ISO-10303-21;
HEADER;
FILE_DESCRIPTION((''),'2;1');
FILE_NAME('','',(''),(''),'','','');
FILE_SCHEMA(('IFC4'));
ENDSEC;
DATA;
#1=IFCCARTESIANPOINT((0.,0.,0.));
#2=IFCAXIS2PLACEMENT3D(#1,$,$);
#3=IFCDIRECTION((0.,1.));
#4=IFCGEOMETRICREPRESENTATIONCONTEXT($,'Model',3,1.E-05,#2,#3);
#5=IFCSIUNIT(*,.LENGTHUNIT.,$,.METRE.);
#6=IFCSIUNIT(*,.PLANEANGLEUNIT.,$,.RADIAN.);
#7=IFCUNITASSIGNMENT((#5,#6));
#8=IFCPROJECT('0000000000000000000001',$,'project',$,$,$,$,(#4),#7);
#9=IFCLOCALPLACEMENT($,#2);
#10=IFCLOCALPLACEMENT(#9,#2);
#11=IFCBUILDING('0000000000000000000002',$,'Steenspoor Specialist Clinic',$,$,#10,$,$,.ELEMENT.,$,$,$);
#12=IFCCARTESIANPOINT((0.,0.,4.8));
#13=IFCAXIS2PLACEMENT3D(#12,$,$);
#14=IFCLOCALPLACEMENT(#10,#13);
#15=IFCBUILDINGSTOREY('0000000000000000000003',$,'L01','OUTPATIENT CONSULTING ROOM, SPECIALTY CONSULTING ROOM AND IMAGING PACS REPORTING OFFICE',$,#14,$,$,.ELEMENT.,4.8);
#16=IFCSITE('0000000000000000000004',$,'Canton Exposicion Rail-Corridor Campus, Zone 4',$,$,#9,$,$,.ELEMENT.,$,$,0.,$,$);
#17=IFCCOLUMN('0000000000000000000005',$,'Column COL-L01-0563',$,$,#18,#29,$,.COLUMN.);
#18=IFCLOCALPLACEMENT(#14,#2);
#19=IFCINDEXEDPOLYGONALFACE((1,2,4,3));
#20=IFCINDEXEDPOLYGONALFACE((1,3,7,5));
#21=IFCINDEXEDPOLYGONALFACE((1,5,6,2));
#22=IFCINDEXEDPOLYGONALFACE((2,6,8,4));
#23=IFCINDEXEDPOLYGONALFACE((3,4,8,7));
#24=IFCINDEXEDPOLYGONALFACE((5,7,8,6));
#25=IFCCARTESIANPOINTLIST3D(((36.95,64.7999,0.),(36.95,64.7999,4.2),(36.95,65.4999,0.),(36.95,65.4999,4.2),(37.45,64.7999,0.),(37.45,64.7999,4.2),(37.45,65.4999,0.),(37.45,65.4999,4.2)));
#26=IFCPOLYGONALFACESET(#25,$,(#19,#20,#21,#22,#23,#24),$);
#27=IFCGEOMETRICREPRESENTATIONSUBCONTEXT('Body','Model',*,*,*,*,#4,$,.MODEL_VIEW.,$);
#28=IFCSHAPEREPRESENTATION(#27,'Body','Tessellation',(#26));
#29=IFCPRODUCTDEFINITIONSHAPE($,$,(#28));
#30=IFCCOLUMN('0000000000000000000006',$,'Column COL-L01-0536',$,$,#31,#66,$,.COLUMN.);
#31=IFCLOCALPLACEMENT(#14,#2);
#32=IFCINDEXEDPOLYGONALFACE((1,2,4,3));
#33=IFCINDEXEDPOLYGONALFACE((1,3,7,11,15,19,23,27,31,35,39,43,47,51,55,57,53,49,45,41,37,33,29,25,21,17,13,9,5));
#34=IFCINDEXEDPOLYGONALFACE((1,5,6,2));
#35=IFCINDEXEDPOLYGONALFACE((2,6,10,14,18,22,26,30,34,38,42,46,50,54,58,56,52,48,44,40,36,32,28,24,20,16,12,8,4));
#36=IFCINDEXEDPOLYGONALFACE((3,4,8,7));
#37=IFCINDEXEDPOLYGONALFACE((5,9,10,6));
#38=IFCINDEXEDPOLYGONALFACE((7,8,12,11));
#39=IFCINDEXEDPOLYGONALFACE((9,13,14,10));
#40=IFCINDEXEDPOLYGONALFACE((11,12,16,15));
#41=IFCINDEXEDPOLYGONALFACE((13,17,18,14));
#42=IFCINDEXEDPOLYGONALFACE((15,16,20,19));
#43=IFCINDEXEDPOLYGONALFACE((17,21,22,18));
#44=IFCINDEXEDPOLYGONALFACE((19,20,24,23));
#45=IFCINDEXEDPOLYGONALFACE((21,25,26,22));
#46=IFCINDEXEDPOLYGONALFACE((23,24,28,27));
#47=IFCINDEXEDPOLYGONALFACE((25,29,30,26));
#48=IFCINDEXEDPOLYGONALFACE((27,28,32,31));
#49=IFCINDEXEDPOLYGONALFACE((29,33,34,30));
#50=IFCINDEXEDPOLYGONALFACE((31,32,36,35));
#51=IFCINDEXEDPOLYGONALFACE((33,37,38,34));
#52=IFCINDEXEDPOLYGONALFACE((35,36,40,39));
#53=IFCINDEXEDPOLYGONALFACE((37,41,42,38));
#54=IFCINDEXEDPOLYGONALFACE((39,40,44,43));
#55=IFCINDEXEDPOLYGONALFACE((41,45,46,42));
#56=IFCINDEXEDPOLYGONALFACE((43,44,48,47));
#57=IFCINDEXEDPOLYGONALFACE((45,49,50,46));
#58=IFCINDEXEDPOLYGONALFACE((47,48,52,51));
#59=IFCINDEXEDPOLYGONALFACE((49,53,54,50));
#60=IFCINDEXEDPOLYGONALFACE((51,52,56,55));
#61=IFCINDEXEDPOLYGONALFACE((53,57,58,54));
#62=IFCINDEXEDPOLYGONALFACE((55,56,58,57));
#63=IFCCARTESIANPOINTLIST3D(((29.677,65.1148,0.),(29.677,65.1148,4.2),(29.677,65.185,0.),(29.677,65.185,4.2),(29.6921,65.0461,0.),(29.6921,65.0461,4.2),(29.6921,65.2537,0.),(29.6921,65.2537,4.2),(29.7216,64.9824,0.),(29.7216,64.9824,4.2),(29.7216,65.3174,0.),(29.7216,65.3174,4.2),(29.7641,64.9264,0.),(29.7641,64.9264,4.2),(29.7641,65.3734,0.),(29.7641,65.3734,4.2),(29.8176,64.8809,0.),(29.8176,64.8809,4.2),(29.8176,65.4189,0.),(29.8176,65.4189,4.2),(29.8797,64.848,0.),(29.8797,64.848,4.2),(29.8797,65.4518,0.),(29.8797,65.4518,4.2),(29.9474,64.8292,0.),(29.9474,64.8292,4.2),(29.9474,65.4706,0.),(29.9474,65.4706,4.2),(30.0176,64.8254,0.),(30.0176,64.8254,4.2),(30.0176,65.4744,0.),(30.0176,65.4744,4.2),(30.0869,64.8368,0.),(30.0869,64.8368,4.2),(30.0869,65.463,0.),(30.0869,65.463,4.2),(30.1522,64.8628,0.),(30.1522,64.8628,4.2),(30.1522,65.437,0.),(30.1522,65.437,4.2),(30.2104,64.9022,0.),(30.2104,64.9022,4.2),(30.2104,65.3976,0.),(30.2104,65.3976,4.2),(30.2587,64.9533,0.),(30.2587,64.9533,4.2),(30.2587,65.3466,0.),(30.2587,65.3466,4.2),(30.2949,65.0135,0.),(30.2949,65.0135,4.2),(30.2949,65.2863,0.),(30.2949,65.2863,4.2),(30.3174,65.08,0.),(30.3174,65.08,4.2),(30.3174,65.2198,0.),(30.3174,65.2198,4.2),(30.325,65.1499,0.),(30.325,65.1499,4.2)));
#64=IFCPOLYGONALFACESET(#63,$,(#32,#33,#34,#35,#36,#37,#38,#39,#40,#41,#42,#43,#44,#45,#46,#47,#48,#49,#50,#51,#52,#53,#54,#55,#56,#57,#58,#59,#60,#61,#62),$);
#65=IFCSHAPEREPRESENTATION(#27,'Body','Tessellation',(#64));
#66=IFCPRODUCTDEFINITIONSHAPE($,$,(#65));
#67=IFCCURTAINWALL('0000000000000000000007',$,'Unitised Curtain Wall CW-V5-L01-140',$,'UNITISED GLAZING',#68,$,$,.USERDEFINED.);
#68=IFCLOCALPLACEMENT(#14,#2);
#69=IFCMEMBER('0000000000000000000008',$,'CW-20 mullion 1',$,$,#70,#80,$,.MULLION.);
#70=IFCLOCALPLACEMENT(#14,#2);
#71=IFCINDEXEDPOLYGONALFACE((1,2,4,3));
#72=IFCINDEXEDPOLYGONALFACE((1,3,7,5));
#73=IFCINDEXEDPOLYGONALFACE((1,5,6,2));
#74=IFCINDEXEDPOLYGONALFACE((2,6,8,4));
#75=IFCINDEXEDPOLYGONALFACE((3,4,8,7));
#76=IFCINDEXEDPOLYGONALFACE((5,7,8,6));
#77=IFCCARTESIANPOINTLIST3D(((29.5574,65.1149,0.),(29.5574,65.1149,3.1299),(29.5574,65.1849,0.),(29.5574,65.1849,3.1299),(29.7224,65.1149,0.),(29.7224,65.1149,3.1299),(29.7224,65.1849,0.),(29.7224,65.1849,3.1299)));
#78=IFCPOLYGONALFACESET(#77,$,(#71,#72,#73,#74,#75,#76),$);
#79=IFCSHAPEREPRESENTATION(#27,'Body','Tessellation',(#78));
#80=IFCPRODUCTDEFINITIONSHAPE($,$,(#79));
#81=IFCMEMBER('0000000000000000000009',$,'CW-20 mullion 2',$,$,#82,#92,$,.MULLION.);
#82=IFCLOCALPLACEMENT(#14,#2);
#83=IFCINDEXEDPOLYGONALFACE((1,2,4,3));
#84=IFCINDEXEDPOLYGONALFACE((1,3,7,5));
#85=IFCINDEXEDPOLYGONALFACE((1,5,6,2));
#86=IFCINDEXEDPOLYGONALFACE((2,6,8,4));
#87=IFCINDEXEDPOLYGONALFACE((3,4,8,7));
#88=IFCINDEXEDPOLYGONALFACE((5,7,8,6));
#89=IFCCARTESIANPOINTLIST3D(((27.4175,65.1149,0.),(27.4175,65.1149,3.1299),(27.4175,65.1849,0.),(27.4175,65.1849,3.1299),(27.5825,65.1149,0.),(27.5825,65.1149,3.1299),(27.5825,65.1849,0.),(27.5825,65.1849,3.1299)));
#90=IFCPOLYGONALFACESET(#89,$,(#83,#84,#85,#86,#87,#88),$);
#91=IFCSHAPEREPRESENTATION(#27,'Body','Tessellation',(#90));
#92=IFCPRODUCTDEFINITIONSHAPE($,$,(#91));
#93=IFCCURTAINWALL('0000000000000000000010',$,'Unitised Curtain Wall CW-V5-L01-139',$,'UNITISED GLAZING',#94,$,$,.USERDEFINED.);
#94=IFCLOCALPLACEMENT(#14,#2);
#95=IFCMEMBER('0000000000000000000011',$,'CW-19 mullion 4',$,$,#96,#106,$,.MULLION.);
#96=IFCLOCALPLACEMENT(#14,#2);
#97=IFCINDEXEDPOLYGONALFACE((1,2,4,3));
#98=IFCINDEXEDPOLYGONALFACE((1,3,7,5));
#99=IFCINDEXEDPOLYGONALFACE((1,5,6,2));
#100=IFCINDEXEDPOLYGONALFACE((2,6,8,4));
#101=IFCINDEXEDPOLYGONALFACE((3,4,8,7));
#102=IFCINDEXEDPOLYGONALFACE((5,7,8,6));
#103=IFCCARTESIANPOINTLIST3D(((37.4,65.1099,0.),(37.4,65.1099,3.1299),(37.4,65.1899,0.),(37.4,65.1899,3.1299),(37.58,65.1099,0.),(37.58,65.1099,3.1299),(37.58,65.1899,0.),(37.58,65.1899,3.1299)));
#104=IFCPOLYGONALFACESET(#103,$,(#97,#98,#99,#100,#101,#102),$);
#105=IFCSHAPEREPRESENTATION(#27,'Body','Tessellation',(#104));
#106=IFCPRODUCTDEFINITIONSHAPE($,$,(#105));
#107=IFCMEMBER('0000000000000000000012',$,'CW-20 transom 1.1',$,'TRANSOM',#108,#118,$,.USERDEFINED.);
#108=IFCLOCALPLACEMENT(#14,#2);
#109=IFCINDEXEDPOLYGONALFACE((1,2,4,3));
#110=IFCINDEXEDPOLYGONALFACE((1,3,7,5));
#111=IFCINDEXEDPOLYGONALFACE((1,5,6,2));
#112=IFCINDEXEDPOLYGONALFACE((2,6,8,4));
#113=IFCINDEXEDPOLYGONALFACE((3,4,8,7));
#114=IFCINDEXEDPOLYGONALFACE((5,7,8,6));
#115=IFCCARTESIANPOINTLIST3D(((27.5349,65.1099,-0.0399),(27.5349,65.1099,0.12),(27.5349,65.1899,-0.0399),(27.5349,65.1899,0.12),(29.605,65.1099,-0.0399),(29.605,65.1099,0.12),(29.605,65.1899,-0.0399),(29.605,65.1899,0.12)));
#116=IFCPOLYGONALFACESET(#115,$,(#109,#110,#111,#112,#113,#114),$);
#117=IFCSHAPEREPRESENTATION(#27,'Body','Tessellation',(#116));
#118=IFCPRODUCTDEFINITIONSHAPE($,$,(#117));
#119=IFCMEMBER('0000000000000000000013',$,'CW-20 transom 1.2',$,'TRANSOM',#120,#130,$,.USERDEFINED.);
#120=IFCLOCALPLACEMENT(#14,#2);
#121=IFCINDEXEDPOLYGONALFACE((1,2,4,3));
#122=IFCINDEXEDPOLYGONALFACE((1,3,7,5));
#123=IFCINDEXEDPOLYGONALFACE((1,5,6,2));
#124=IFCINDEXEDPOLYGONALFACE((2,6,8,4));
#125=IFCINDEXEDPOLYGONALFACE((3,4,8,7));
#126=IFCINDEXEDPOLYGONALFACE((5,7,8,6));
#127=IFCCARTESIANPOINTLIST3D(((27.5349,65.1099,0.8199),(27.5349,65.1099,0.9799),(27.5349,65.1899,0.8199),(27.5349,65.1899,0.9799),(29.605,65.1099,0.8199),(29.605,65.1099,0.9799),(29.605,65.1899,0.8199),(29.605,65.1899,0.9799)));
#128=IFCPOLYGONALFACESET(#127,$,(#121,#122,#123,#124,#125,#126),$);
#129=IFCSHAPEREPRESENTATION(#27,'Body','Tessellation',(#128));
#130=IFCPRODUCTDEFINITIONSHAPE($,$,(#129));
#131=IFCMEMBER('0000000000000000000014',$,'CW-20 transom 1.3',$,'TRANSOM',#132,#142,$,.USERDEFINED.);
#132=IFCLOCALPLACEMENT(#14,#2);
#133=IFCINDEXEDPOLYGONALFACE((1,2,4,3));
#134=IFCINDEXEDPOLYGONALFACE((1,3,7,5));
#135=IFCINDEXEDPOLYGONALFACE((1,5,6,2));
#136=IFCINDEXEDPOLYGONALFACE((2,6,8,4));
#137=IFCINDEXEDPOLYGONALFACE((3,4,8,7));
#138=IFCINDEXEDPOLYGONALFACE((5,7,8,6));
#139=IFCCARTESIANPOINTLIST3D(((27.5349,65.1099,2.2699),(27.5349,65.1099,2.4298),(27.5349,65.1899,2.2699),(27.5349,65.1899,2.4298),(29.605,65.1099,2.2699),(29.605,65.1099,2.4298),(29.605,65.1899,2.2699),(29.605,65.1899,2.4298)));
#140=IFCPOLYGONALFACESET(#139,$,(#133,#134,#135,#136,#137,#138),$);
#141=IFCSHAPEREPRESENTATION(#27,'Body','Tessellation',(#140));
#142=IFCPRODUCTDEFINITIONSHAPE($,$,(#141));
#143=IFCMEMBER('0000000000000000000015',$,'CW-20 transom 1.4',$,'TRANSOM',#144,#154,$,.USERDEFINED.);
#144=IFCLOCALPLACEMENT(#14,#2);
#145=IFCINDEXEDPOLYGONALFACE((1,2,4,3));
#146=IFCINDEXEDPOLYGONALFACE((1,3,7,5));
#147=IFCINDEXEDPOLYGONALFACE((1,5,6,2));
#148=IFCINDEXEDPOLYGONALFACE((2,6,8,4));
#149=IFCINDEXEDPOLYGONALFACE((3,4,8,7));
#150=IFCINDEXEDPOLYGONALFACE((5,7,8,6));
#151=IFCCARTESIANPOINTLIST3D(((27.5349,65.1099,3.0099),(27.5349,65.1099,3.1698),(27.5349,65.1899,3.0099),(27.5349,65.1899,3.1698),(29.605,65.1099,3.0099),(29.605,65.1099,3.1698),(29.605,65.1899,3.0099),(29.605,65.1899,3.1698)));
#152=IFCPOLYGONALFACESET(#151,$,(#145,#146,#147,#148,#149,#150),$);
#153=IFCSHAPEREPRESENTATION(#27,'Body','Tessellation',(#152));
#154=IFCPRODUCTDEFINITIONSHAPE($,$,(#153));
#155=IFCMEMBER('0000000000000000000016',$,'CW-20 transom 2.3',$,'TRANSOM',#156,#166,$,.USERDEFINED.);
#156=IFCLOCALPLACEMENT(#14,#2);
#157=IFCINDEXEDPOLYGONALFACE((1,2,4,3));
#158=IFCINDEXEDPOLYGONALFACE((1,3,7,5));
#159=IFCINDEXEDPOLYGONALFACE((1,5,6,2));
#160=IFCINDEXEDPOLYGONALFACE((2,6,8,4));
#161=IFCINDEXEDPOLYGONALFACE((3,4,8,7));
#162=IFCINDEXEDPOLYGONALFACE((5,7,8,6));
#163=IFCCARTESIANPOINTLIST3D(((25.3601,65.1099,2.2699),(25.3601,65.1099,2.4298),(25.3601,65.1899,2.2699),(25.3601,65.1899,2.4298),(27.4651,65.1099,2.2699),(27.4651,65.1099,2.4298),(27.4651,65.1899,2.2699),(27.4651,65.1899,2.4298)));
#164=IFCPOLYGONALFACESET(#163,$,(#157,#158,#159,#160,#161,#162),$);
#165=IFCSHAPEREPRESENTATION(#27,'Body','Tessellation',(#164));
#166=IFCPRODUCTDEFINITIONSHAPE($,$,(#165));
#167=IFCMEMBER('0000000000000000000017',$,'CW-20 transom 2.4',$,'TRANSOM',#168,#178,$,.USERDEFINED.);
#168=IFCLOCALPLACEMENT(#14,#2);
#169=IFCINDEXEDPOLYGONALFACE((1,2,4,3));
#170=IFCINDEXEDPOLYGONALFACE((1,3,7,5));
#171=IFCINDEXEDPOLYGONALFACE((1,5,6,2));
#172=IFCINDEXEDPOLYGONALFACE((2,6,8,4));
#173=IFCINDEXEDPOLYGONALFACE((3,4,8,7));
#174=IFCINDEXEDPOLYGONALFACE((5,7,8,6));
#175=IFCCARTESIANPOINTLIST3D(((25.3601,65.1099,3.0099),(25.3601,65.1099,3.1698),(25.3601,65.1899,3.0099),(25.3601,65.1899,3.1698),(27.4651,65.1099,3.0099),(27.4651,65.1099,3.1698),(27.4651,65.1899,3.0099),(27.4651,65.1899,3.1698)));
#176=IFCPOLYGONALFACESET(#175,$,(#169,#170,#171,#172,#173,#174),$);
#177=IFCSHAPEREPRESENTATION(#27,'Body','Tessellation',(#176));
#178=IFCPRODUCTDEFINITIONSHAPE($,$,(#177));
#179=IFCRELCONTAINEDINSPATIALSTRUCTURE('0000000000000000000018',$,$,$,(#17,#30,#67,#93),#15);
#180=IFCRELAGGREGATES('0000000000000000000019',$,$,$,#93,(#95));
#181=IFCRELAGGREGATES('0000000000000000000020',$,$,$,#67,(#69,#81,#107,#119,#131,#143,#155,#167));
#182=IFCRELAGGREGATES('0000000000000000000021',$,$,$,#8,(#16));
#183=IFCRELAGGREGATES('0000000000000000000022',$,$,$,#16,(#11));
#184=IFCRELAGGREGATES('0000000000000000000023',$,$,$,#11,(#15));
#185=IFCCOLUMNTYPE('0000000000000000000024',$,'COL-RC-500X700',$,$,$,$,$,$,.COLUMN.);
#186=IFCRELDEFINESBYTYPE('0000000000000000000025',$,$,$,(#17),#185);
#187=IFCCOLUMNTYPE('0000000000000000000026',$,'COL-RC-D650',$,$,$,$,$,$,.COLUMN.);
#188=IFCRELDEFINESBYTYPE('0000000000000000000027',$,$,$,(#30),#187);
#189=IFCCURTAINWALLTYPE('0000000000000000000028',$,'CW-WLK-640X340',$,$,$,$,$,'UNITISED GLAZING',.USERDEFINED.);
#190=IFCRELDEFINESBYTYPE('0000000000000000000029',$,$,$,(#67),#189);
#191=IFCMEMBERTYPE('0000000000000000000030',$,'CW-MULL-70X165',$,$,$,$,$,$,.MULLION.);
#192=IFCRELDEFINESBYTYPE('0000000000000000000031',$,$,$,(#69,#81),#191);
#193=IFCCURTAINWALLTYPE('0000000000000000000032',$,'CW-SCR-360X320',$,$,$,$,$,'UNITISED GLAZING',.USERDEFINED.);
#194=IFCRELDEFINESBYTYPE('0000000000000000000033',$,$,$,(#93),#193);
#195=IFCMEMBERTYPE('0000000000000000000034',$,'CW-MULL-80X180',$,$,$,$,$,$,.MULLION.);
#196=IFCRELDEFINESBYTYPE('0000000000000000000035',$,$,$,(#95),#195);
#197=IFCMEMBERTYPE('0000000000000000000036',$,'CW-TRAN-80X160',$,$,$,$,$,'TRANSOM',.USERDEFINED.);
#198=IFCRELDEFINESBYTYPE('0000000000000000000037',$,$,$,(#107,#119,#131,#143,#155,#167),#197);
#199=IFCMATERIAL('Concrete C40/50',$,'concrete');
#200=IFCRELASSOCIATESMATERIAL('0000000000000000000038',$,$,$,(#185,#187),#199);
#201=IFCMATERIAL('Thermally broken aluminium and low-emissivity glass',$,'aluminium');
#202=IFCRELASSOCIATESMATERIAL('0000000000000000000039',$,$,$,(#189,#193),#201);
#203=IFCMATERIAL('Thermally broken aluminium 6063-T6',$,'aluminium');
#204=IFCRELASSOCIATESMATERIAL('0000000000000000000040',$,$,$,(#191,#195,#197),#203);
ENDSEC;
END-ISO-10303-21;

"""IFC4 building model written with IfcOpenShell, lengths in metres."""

from ifc_helpers import new_model, si_unit, direction, frame, origin, origin_2d, place, context, subcontext, project, spatial, rectangle, circle, extrude, material, material_profile, profile_set, type_object, element, aggregate, save


model = new_model("IFC4")

# Units and contexts
model_context = context("Model", 3, precision=1e-05, world=origin(), true_north=direction((0.0, 1.0)))
body_context = subcontext(model_context, "Body", "Model", "MODEL_VIEW")
ifc_project = project(units=[si_unit("LENGTHUNIT", "METRE"), si_unit("PLANEANGLEUNIT", "RADIAN")], contexts=[model_context])

# Site, building, storey
site_placement = place(None, origin())
site = spatial("IfcSite", under=ifc_project, at=site_placement, Name="Canton Exposicion Rail-Corridor Campus, Zone 4", CompositionType="ELEMENT", RefElevation=0.0)
building_placement = place(site_placement, origin())
building = spatial("IfcBuilding", under=site, at=building_placement, Name="Steenspoor Specialist Clinic", CompositionType="ELEMENT")
storey_placement = place(building_placement, frame((0.0, 0.0, 4.8)))
storey = spatial("IfcBuildingStorey", under=building, at=storey_placement, Name="L01", Description="OUTPATIENT CONSULTING ROOM, SPECIALTY CONSULTING ROOM AND IMAGING PACS REPORTING OFFICE", CompositionType="ELEMENT", Elevation=4.8)

# Columns
ifc_material_1 = material(Name="Concrete C40/50", Category="concrete")
ifc_material_profile_1 = material_profile(ifc_material_1, rectangle(XDim=0.5, YDim=0.7, at=origin_2d()), Name="RC-COL-500X700")
ifc_profile_set_1 = profile_set([ifc_material_profile_1], Name="Concrete C40/50")
column_type_1 = type_object("IfcColumnType", Name="COL-RC-500X700", PredefinedType="COLUMN", material=ifc_profile_set_1)
column_1_placement = place(storey_placement, frame((37.2, 65.1499, 0.0), z_axis=(0.0, 0.0, 1.0), x_axis=(1.0, 0.0, 0.0)))
element("IfcColumn", 1, at=column_1_placement, inside=storey, type_object=column_type_1, Name="Column COL-L01-0563", PredefinedType="COLUMN", context=body_context, shape_type="SweptSolid", body=[
    extrude(rectangle(XDim=0.5, YDim=0.7, at=origin_2d()), origin(), (0.0, 0.0, 1.0), 4.2),
])
ifc_material_profile_2 = material_profile(ifc_material_1, circle(Radius=0.325, at=origin_2d()), Name="RC-COL-D650")
ifc_profile_set_2 = profile_set([ifc_material_profile_2], Name="Concrete C40/50")
column_type_2 = type_object("IfcColumnType", Name="COL-RC-D650", PredefinedType="COLUMN", material=ifc_profile_set_2)
column_2_placement = place(storey_placement, frame((30.0, 65.1499, 0.0), z_axis=(0.0, 0.0, 1.0), x_axis=(1.0, 0.0, 0.0)))
element("IfcColumn", 2, at=column_2_placement, inside=storey, type_object=column_type_2, Name="Column COL-L01-0536", PredefinedType="COLUMN", context=body_context, shape_type="SweptSolid", body=[
    extrude(circle(Radius=0.325, at=origin_2d()), origin(), (0.0, 0.0, 1.0), 4.2),
])

# Curtain wall, members
ifc_material_2 = material(Name="Thermally broken aluminium and low-emissivity glass", Category="aluminium")
curtain_wall_type_1 = type_object("IfcCurtainWallType", Name="CW-WLK-640X340", ElementType="UNITISED GLAZING", PredefinedType="USERDEFINED", material=ifc_material_2)
curtain_wall_1_placement = place(storey_placement, origin())
curtain_wall_1 = element("IfcCurtainWall", 3, at=curtain_wall_1_placement, inside=storey, type_object=curtain_wall_type_1, Name="Unitised Curtain Wall CW-V5-L01-140", ObjectType="UNITISED GLAZING", PredefinedType="USERDEFINED")
ifc_material_3 = material(Name="Thermally broken aluminium 6063-T6", Category="aluminium")
ifc_material_profile_3 = material_profile(ifc_material_3, rectangle(XDim=0.0701, YDim=0.165, at=origin_2d()), Name="CWM-70X165")
ifc_profile_set_3 = profile_set([ifc_material_profile_3], Name="Thermally broken aluminium 6063-T6")
member_type_1 = type_object("IfcMemberType", Name="CW-MULL-70X165", PredefinedType="MULLION", material=ifc_profile_set_3)
member_1_placement = place(storey_placement, frame((29.6399, 65.1499, 0.0), z_axis=(0.0, 0.0, 1.0), x_axis=(0.0, -1.0, 0.0)))
member_1 = element("IfcMember", 4, at=member_1_placement, type_object=member_type_1, Name="CW-20 mullion 1", PredefinedType="MULLION", context=body_context, shape_type="SweptSolid", body=[
    extrude(rectangle(XDim=0.0701, YDim=0.165, at=origin_2d()), origin(), (0.0, 0.0, 1.0), 3.1299),
])
member_2_placement = place(storey_placement, frame((27.5, 65.1499, 0.0), z_axis=(0.0, 0.0, 1.0), x_axis=(0.0, -1.0, 0.0)))
member_2 = element("IfcMember", 5, at=member_2_placement, type_object=member_type_1, Name="CW-20 mullion 2", PredefinedType="MULLION", context=body_context, shape_type="SweptSolid", body=[
    extrude(rectangle(XDim=0.0701, YDim=0.165, at=origin_2d()), origin(), (0.0, 0.0, 1.0), 3.1299),
])

# Curtain wall, member
curtain_wall_type_2 = type_object("IfcCurtainWallType", Name="CW-SCR-360X320", ElementType="UNITISED GLAZING", PredefinedType="USERDEFINED", material=ifc_material_2)
curtain_wall_2_placement = place(storey_placement, origin())
curtain_wall_2 = element("IfcCurtainWall", 6, at=curtain_wall_2_placement, inside=storey, type_object=curtain_wall_type_2, Name="Unitised Curtain Wall CW-V5-L01-139", ObjectType="UNITISED GLAZING", PredefinedType="USERDEFINED")
ifc_material_profile_4 = material_profile(ifc_material_3, rectangle(XDim=0.0801, YDim=0.1799, at=origin_2d()), Name="CWM-80X180")
ifc_profile_set_4 = profile_set([ifc_material_profile_4], Name="Thermally broken aluminium 6063-T6")
member_type_2 = type_object("IfcMemberType", Name="CW-MULL-80X180", PredefinedType="MULLION", material=ifc_profile_set_4)
member_3_placement = place(storey_placement, frame((37.49, 65.1499, 0.0), z_axis=(0.0, 0.0, 1.0), x_axis=(0.0, -1.0, 0.0)))
member_3 = element("IfcMember", 7, at=member_3_placement, type_object=member_type_2, Name="CW-19 mullion 4", PredefinedType="MULLION", context=body_context, shape_type="SweptSolid", body=[
    extrude(rectangle(XDim=0.0801, YDim=0.1799, at=origin_2d()), origin(), (0.0, 0.0, 1.0), 3.1299),
])

# Members
ifc_material_profile_5 = material_profile(ifc_material_3, rectangle(XDim=0.0801, YDim=0.1599, at=origin_2d()), Name="CWT-80X160")
ifc_profile_set_5 = profile_set([ifc_material_profile_5], Name="Thermally broken aluminium 6063-T6")
member_type_3 = type_object("IfcMemberType", Name="CW-TRAN-80X160", ElementType="TRANSOM", PredefinedType="USERDEFINED", material=ifc_profile_set_5)
member_4_placement = place(storey_placement, frame((29.605, 65.1499, 0.04), z_axis=(-1.0, 0.0, 0.0), x_axis=(0.0, -1.0, 0.0)))
member_4 = element("IfcMember", 8, at=member_4_placement, type_object=member_type_3, Name="CW-20 transom 1.1", ObjectType="TRANSOM", PredefinedType="USERDEFINED", context=body_context, shape_type="SweptSolid", body=[
    extrude(rectangle(XDim=0.0801, YDim=0.1599, at=origin_2d()), origin(), (0.0, 0.0, 1.0), 2.0701),
])
member_5_placement = place(storey_placement, frame((29.605, 65.1499, 0.8999), z_axis=(-1.0, 0.0, 0.0), x_axis=(0.0, -1.0, 0.0)))
member_5 = element("IfcMember", 9, at=member_5_placement, type_object=member_type_3, Name="CW-20 transom 1.2", ObjectType="TRANSOM", PredefinedType="USERDEFINED", context=body_context, shape_type="SweptSolid", body=[
    extrude(rectangle(XDim=0.0801, YDim=0.1599, at=origin_2d()), origin(), (0.0, 0.0, 1.0), 2.0701),
])
member_6_placement = place(storey_placement, frame((29.605, 65.1499, 2.3499), z_axis=(-1.0, 0.0, 0.0), x_axis=(0.0, -1.0, 0.0)))
member_6 = element("IfcMember", 10, at=member_6_placement, type_object=member_type_3, Name="CW-20 transom 1.3", ObjectType="TRANSOM", PredefinedType="USERDEFINED", context=body_context, shape_type="SweptSolid", body=[
    extrude(rectangle(XDim=0.0801, YDim=0.1599, at=origin_2d()), origin(), (0.0, 0.0, 1.0), 2.0701),
])
member_7_placement = place(storey_placement, frame((29.605, 65.1499, 3.0898), z_axis=(-1.0, 0.0, 0.0), x_axis=(0.0, -1.0, 0.0)))
member_7 = element("IfcMember", 11, at=member_7_placement, type_object=member_type_3, Name="CW-20 transom 1.4", ObjectType="TRANSOM", PredefinedType="USERDEFINED", context=body_context, shape_type="SweptSolid", body=[
    extrude(rectangle(XDim=0.0801, YDim=0.1599, at=origin_2d()), origin(), (0.0, 0.0, 1.0), 2.0701),
])
member_8_placement = place(storey_placement, frame((27.4651, 65.1499, 2.3499), z_axis=(-1.0, 0.0, 0.0), x_axis=(0.0, -1.0, 0.0)))
member_8 = element("IfcMember", 12, at=member_8_placement, type_object=member_type_3, Name="CW-20 transom 2.3", ObjectType="TRANSOM", PredefinedType="USERDEFINED", context=body_context, shape_type="SweptSolid", body=[
    extrude(rectangle(XDim=0.0801, YDim=0.1599, at=origin_2d()), origin(), (0.0, 0.0, 1.0), 2.105),
])
member_9_placement = place(storey_placement, frame((27.4651, 65.1499, 3.0898), z_axis=(-1.0, 0.0, 0.0), x_axis=(0.0, -1.0, 0.0)))
member_9 = element("IfcMember", 13, at=member_9_placement, type_object=member_type_3, Name="CW-20 transom 2.4", ObjectType="TRANSOM", PredefinedType="USERDEFINED", context=body_context, shape_type="SweptSolid", body=[
    extrude(rectangle(XDim=0.0801, YDim=0.1599, at=origin_2d()), origin(), (0.0, 0.0, 1.0), 2.105),
])

aggregate(curtain_wall_2, [member_3])
aggregate(curtain_wall_1, [member_1, member_2, member_4, member_5, member_6, member_7, member_8, member_9])

save(model, "model.ifc")
